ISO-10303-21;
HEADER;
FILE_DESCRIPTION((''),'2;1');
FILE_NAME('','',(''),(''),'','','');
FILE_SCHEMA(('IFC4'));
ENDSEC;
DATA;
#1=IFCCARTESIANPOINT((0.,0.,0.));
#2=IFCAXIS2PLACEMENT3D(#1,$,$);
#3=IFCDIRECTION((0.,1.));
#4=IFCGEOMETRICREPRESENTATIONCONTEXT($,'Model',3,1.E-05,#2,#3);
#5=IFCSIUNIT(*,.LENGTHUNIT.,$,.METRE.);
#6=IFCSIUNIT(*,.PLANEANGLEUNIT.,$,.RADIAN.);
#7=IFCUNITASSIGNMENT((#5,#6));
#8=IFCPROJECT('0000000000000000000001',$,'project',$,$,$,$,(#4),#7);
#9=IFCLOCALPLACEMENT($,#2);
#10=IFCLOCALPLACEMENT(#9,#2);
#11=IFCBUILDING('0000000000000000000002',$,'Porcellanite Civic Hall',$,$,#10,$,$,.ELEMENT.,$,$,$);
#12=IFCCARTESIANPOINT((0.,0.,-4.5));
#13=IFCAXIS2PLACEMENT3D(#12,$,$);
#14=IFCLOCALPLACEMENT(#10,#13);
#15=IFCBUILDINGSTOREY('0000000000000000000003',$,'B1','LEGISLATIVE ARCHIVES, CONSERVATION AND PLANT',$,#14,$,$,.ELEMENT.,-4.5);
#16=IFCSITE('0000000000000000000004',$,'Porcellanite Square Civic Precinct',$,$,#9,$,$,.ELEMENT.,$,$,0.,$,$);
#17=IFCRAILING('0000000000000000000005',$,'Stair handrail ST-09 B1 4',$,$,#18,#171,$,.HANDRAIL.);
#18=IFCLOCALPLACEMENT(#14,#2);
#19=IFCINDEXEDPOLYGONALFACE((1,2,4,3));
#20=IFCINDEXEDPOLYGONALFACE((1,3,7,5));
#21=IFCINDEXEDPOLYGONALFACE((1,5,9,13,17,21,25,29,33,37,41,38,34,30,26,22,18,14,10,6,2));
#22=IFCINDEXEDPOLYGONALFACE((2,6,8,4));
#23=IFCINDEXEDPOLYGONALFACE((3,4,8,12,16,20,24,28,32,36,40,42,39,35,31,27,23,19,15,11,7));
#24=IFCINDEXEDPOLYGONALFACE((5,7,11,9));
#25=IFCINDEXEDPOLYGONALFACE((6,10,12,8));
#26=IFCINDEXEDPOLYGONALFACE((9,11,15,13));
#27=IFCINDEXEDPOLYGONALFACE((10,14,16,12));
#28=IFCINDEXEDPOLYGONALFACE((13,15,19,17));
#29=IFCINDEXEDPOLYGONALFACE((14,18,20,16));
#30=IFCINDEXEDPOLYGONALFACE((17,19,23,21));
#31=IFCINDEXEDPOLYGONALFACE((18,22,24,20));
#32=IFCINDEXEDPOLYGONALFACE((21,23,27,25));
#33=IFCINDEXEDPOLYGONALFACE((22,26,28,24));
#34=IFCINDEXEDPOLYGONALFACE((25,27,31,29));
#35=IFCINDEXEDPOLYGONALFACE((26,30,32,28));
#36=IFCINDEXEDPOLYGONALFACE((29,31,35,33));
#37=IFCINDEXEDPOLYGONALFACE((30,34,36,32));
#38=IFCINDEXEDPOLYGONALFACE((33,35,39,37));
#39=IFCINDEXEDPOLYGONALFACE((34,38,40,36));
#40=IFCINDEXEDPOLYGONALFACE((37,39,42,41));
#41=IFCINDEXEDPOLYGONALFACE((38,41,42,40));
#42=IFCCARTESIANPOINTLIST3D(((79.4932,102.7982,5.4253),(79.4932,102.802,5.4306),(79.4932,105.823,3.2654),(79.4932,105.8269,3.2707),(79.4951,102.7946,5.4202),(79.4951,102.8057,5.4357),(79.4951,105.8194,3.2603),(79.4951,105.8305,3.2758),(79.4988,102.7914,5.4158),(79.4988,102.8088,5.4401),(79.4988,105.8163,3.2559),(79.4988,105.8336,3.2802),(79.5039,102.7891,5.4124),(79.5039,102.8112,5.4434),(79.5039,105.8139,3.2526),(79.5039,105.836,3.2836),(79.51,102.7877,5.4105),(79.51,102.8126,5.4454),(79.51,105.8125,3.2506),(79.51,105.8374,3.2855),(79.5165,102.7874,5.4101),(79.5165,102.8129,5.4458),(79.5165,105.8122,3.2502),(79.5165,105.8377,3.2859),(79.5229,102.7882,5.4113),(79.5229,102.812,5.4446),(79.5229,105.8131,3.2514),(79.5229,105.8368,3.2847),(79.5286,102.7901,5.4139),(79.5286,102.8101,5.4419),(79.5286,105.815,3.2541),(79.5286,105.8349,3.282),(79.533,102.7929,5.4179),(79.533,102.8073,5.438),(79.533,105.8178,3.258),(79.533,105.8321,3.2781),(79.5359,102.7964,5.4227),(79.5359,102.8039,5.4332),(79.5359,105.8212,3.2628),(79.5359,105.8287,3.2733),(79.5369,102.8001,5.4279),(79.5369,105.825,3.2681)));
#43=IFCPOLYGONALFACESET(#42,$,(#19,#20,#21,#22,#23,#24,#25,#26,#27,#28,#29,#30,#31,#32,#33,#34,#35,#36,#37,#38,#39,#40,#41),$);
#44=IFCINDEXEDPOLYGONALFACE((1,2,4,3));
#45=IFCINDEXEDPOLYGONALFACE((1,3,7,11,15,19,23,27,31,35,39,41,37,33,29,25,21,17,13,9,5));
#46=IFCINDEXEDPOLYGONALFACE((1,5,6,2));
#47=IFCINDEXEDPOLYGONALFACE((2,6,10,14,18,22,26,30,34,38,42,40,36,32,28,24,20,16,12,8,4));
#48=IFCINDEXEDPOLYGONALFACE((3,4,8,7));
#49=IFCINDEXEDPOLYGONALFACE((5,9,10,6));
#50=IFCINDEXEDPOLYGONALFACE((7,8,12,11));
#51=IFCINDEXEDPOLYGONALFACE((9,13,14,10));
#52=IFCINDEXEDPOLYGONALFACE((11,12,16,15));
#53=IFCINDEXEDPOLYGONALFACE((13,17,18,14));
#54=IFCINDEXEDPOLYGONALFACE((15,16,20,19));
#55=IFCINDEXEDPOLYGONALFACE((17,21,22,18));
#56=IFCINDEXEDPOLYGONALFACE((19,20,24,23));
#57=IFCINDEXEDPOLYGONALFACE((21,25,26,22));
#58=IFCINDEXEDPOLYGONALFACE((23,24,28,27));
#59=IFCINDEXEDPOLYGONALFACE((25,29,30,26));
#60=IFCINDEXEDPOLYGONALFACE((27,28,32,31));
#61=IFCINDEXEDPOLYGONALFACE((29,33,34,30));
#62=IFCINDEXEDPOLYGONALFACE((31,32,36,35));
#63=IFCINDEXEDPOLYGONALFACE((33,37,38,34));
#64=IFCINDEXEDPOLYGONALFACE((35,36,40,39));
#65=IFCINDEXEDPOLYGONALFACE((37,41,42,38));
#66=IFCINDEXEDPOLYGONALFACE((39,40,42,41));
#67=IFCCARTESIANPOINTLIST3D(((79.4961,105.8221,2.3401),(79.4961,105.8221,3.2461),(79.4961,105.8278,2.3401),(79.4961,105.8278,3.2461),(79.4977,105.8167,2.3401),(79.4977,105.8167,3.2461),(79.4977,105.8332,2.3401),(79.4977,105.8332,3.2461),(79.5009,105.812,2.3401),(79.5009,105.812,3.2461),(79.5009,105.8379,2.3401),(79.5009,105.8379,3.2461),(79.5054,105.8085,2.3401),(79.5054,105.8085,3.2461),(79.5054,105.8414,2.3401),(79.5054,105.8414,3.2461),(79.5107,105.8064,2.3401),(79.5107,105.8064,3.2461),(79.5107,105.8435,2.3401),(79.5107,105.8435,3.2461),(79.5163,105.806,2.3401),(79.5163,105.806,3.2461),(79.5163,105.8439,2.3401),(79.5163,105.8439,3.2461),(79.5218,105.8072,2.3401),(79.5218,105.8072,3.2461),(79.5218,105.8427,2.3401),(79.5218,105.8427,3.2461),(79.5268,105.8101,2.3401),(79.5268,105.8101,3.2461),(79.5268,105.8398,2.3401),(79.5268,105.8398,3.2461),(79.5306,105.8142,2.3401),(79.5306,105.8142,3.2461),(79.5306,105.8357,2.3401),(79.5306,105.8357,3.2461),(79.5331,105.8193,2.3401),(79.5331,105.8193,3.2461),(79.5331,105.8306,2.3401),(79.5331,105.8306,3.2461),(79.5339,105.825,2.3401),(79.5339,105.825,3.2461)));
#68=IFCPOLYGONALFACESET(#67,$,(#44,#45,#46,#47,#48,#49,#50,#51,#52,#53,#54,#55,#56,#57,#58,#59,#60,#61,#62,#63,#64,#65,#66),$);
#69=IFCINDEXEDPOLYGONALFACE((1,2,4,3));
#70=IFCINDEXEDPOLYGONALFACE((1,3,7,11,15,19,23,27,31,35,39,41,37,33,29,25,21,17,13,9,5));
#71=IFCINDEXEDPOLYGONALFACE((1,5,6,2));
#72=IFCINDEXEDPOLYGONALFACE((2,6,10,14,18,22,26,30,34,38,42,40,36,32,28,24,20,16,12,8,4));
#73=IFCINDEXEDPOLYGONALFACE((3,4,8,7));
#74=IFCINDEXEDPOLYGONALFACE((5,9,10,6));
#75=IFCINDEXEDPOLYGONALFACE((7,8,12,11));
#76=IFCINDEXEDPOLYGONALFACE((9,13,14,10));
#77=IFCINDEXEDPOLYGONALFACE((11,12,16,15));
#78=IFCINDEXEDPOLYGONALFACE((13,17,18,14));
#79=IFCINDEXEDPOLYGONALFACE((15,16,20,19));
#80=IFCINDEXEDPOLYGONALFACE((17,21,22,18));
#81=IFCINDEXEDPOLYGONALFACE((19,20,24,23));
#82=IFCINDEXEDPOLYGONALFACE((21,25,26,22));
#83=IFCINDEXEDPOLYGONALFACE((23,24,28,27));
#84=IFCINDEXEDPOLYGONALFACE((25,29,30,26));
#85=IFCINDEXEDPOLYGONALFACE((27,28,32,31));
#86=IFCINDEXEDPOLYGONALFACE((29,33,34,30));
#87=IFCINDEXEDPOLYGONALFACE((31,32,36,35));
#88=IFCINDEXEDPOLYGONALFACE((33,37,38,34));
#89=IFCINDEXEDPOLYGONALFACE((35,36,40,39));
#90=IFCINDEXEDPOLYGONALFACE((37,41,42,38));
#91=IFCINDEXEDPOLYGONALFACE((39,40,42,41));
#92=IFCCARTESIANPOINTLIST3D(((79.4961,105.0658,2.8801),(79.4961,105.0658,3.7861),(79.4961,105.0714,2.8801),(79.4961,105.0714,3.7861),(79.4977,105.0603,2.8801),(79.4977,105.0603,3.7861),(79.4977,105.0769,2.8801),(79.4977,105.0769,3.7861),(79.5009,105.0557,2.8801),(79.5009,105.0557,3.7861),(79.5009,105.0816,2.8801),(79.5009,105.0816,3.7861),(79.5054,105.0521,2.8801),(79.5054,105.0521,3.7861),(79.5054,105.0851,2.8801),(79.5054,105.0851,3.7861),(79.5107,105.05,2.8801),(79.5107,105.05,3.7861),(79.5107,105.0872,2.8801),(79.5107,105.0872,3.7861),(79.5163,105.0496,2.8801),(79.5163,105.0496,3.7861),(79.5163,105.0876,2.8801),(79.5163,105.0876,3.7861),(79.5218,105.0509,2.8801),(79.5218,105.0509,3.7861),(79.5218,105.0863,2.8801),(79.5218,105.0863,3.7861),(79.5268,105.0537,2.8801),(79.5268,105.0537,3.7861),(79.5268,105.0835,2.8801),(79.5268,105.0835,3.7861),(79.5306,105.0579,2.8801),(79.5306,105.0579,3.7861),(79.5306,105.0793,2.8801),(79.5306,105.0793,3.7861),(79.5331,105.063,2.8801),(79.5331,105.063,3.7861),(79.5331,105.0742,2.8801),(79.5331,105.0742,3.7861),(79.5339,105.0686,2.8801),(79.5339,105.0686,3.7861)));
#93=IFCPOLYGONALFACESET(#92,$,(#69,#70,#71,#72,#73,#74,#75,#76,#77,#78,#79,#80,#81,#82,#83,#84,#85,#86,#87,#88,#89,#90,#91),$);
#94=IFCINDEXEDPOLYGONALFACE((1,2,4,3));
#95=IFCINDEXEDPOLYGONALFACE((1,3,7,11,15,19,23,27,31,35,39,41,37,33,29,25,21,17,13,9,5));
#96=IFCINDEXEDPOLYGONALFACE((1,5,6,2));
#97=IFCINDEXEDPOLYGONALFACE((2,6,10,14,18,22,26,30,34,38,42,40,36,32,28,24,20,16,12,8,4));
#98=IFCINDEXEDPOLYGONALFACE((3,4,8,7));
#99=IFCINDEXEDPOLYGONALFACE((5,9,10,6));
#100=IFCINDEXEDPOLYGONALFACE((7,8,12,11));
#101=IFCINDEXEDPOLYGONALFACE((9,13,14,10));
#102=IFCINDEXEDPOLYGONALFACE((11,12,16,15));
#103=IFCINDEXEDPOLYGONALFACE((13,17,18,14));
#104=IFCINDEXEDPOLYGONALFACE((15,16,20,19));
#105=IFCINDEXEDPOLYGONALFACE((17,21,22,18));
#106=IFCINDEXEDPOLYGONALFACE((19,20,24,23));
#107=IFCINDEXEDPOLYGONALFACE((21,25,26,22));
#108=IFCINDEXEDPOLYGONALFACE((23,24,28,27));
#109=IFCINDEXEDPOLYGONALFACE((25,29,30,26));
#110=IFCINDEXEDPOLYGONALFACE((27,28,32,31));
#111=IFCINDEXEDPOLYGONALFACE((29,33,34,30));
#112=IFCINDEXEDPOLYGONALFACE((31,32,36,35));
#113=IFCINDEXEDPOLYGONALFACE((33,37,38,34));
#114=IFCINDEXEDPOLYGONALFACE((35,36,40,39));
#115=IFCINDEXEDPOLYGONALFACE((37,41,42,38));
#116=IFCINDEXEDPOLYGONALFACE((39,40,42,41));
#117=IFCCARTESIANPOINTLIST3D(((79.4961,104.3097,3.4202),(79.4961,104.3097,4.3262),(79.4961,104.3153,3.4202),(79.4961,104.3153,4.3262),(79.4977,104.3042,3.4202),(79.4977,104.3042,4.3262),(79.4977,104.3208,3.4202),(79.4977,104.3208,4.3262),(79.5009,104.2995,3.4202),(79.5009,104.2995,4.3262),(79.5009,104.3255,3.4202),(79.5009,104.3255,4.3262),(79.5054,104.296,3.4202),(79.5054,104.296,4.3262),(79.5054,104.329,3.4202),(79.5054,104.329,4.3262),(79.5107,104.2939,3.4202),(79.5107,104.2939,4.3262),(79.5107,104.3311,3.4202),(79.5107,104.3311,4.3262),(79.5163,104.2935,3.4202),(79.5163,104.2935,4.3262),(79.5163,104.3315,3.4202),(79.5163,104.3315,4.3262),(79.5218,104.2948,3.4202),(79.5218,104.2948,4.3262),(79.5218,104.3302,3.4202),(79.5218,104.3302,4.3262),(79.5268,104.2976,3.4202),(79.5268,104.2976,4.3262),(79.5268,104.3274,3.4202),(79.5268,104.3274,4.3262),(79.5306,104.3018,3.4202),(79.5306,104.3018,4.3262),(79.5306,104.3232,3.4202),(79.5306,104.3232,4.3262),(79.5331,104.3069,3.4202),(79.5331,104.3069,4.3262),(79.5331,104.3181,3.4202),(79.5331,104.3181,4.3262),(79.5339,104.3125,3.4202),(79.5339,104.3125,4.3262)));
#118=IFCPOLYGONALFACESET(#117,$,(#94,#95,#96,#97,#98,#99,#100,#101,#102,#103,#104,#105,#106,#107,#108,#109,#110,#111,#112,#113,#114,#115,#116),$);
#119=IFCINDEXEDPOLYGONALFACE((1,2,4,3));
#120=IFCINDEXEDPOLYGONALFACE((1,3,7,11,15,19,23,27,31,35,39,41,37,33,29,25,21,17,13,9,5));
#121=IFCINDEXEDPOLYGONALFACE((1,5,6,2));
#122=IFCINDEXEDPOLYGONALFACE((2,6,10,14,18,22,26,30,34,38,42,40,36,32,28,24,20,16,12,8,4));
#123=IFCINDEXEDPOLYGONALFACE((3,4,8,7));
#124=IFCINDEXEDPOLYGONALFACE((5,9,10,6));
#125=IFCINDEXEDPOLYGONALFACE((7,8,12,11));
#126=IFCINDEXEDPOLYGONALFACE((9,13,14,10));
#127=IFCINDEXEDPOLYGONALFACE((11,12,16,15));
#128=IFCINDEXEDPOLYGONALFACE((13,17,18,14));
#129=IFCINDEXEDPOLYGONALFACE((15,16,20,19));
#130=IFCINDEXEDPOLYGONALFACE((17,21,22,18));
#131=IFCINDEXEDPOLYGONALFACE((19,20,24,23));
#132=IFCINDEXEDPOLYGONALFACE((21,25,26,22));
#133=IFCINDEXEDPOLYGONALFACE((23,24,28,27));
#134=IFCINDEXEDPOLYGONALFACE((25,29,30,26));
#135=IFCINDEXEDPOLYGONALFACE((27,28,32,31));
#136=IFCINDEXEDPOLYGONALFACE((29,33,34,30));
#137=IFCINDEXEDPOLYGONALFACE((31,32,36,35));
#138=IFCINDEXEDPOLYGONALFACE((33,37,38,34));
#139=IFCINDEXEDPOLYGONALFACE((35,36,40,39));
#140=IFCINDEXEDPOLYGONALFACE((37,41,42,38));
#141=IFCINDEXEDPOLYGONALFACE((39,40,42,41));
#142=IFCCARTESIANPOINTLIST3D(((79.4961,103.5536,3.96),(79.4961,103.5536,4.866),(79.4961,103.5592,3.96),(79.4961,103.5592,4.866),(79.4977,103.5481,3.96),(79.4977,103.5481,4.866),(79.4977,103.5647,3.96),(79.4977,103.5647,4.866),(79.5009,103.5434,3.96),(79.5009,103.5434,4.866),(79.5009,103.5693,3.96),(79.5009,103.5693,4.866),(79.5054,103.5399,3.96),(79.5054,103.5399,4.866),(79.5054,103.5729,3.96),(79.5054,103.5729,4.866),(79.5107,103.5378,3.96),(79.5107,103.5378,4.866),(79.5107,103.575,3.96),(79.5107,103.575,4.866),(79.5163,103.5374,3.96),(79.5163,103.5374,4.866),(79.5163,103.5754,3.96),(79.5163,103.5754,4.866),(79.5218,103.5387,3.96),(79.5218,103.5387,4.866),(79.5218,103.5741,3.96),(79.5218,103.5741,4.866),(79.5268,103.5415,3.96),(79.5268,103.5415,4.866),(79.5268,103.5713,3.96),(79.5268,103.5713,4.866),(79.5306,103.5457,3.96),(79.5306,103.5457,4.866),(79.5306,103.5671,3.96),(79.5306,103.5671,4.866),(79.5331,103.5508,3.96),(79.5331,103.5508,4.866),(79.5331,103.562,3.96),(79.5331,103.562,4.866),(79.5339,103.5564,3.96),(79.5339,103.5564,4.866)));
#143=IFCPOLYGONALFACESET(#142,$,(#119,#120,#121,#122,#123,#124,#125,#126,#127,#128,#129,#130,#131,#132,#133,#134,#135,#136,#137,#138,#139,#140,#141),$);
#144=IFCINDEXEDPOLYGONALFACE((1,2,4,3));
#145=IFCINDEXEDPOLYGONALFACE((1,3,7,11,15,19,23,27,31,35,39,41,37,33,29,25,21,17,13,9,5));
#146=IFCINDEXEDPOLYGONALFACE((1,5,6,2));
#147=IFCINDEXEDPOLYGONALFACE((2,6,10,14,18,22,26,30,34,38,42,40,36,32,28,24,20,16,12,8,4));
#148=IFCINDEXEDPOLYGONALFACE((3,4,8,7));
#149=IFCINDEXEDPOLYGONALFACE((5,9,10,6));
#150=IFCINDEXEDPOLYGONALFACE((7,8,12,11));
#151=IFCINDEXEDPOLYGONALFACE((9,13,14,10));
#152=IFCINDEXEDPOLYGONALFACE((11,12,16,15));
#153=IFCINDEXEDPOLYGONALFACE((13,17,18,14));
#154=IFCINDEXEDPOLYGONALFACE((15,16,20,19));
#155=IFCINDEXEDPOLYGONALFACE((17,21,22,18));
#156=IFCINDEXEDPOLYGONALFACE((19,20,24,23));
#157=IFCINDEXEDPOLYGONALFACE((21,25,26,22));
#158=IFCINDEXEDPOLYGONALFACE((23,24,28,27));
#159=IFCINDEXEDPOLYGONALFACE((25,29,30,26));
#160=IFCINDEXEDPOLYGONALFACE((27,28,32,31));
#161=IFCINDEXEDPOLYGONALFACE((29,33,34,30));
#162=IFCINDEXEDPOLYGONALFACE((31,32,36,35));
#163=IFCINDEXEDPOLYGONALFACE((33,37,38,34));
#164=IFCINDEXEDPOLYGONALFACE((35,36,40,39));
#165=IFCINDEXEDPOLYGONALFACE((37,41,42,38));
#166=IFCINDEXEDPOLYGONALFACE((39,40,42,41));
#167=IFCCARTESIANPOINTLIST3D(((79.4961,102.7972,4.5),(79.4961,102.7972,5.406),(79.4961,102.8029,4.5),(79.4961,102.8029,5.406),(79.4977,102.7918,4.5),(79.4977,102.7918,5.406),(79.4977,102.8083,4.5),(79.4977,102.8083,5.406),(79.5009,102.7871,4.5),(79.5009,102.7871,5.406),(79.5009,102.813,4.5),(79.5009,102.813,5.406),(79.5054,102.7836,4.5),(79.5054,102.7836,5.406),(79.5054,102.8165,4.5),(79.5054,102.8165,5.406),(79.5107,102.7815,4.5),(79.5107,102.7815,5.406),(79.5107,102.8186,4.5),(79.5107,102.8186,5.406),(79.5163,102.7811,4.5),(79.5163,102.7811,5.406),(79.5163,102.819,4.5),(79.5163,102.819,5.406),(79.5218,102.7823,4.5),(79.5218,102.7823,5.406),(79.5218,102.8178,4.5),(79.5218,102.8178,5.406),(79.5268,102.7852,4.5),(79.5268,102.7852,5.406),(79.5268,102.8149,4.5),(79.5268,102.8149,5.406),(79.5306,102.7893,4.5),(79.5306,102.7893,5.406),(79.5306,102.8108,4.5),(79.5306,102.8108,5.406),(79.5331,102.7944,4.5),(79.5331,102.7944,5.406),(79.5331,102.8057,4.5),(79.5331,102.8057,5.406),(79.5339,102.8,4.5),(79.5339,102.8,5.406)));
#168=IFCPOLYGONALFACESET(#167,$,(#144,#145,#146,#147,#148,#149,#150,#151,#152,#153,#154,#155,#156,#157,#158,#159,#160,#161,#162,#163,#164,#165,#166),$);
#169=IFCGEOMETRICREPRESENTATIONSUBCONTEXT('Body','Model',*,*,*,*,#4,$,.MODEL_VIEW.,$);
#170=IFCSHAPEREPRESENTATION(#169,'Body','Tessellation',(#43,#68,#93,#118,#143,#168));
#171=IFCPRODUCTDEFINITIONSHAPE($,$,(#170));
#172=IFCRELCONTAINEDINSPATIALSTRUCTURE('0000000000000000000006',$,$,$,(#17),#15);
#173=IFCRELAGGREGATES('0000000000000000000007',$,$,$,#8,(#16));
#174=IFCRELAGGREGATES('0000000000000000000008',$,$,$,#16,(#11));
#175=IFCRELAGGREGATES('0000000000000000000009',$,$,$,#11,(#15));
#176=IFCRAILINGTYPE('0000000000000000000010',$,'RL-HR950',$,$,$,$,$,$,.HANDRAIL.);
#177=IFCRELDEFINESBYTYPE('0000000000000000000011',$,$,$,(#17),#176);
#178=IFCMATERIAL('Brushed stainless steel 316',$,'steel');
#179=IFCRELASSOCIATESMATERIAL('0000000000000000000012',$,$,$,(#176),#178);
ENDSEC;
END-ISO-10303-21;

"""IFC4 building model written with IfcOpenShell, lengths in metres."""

from ifc_helpers import new_model, si_unit, direction, frame, origin, origin_2d, place, context, subcontext, project, spatial, circle, extrude, material, type_object, element, save


model = new_model("IFC4")

# Units and contexts
model_context = context("Model", 3, precision=1e-05, world=origin(), true_north=direction((0.0, 1.0)))
body_context = subcontext(model_context, "Body", "Model", "MODEL_VIEW")
ifc_project = project(units=[si_unit("LENGTHUNIT", "METRE"), si_unit("PLANEANGLEUNIT", "RADIAN")], contexts=[model_context])

# Site, building, storey
site_placement = place(None, origin())
site = spatial("IfcSite", under=ifc_project, at=site_placement, Name="Porcellanite Square Civic Precinct", CompositionType="ELEMENT", RefElevation=0.0)
building_placement = place(site_placement, origin())
building = spatial("IfcBuilding", under=site, at=building_placement, Name="Porcellanite Civic Hall", CompositionType="ELEMENT")
storey_placement = place(building_placement, frame((0.0, 0.0, -4.5)))
storey = spatial("IfcBuildingStorey", under=building, at=storey_placement, Name="B1", Description="LEGISLATIVE ARCHIVES, CONSERVATION AND PLANT", CompositionType="ELEMENT", Elevation=-4.5)

# Railing
ifc_material_1 = material(Name="Brushed stainless steel 316", Category="steel")
railing_type_1 = type_object("IfcRailingType", Name="RL-HR950", PredefinedType="HANDRAIL", material=ifc_material_1)
railing_1_placement = place(storey_placement, frame((79.5149, 105.825, 2.3401)))
element("IfcRailing", 1, at=railing_1_placement, inside=storey, type_object=railing_type_1, Name="Stair handrail ST-09 B1 4", PredefinedType="HANDRAIL", context=body_context, shape_type="SweptSolid", body=[
    extrude(circle(Radius=0.022, at=origin_2d()), frame((0.0, 0.0, 0.928), z_axis=(0.0, -0.813827, 0.581108), x_axis=(1.0, 0.0, 0.0)), (0.0, 0.0, 1.0), 3.7168),
    extrude(circle(Radius=0.019, at=origin_2d()), origin(), (0.0, 0.0, 1.0), 0.906),
    extrude(circle(Radius=0.019, at=origin_2d()), frame((0.0, -0.7563, 0.54)), (0.0, 0.0, 1.0), 0.906),
    extrude(circle(Radius=0.019, at=origin_2d()), frame((0.0, -1.5125, 1.0801)), (0.0, 0.0, 1.0), 0.906),
    extrude(circle(Radius=0.019, at=origin_2d()), frame((0.0, -2.2686, 1.6199)), (0.0, 0.0, 1.0), 0.906),
    extrude(circle(Radius=0.019, at=origin_2d()), frame((0.0, -3.0249, 2.1599)), (0.0, 0.0, 1.0), 0.906),
])

save(model, "model.ifc")
